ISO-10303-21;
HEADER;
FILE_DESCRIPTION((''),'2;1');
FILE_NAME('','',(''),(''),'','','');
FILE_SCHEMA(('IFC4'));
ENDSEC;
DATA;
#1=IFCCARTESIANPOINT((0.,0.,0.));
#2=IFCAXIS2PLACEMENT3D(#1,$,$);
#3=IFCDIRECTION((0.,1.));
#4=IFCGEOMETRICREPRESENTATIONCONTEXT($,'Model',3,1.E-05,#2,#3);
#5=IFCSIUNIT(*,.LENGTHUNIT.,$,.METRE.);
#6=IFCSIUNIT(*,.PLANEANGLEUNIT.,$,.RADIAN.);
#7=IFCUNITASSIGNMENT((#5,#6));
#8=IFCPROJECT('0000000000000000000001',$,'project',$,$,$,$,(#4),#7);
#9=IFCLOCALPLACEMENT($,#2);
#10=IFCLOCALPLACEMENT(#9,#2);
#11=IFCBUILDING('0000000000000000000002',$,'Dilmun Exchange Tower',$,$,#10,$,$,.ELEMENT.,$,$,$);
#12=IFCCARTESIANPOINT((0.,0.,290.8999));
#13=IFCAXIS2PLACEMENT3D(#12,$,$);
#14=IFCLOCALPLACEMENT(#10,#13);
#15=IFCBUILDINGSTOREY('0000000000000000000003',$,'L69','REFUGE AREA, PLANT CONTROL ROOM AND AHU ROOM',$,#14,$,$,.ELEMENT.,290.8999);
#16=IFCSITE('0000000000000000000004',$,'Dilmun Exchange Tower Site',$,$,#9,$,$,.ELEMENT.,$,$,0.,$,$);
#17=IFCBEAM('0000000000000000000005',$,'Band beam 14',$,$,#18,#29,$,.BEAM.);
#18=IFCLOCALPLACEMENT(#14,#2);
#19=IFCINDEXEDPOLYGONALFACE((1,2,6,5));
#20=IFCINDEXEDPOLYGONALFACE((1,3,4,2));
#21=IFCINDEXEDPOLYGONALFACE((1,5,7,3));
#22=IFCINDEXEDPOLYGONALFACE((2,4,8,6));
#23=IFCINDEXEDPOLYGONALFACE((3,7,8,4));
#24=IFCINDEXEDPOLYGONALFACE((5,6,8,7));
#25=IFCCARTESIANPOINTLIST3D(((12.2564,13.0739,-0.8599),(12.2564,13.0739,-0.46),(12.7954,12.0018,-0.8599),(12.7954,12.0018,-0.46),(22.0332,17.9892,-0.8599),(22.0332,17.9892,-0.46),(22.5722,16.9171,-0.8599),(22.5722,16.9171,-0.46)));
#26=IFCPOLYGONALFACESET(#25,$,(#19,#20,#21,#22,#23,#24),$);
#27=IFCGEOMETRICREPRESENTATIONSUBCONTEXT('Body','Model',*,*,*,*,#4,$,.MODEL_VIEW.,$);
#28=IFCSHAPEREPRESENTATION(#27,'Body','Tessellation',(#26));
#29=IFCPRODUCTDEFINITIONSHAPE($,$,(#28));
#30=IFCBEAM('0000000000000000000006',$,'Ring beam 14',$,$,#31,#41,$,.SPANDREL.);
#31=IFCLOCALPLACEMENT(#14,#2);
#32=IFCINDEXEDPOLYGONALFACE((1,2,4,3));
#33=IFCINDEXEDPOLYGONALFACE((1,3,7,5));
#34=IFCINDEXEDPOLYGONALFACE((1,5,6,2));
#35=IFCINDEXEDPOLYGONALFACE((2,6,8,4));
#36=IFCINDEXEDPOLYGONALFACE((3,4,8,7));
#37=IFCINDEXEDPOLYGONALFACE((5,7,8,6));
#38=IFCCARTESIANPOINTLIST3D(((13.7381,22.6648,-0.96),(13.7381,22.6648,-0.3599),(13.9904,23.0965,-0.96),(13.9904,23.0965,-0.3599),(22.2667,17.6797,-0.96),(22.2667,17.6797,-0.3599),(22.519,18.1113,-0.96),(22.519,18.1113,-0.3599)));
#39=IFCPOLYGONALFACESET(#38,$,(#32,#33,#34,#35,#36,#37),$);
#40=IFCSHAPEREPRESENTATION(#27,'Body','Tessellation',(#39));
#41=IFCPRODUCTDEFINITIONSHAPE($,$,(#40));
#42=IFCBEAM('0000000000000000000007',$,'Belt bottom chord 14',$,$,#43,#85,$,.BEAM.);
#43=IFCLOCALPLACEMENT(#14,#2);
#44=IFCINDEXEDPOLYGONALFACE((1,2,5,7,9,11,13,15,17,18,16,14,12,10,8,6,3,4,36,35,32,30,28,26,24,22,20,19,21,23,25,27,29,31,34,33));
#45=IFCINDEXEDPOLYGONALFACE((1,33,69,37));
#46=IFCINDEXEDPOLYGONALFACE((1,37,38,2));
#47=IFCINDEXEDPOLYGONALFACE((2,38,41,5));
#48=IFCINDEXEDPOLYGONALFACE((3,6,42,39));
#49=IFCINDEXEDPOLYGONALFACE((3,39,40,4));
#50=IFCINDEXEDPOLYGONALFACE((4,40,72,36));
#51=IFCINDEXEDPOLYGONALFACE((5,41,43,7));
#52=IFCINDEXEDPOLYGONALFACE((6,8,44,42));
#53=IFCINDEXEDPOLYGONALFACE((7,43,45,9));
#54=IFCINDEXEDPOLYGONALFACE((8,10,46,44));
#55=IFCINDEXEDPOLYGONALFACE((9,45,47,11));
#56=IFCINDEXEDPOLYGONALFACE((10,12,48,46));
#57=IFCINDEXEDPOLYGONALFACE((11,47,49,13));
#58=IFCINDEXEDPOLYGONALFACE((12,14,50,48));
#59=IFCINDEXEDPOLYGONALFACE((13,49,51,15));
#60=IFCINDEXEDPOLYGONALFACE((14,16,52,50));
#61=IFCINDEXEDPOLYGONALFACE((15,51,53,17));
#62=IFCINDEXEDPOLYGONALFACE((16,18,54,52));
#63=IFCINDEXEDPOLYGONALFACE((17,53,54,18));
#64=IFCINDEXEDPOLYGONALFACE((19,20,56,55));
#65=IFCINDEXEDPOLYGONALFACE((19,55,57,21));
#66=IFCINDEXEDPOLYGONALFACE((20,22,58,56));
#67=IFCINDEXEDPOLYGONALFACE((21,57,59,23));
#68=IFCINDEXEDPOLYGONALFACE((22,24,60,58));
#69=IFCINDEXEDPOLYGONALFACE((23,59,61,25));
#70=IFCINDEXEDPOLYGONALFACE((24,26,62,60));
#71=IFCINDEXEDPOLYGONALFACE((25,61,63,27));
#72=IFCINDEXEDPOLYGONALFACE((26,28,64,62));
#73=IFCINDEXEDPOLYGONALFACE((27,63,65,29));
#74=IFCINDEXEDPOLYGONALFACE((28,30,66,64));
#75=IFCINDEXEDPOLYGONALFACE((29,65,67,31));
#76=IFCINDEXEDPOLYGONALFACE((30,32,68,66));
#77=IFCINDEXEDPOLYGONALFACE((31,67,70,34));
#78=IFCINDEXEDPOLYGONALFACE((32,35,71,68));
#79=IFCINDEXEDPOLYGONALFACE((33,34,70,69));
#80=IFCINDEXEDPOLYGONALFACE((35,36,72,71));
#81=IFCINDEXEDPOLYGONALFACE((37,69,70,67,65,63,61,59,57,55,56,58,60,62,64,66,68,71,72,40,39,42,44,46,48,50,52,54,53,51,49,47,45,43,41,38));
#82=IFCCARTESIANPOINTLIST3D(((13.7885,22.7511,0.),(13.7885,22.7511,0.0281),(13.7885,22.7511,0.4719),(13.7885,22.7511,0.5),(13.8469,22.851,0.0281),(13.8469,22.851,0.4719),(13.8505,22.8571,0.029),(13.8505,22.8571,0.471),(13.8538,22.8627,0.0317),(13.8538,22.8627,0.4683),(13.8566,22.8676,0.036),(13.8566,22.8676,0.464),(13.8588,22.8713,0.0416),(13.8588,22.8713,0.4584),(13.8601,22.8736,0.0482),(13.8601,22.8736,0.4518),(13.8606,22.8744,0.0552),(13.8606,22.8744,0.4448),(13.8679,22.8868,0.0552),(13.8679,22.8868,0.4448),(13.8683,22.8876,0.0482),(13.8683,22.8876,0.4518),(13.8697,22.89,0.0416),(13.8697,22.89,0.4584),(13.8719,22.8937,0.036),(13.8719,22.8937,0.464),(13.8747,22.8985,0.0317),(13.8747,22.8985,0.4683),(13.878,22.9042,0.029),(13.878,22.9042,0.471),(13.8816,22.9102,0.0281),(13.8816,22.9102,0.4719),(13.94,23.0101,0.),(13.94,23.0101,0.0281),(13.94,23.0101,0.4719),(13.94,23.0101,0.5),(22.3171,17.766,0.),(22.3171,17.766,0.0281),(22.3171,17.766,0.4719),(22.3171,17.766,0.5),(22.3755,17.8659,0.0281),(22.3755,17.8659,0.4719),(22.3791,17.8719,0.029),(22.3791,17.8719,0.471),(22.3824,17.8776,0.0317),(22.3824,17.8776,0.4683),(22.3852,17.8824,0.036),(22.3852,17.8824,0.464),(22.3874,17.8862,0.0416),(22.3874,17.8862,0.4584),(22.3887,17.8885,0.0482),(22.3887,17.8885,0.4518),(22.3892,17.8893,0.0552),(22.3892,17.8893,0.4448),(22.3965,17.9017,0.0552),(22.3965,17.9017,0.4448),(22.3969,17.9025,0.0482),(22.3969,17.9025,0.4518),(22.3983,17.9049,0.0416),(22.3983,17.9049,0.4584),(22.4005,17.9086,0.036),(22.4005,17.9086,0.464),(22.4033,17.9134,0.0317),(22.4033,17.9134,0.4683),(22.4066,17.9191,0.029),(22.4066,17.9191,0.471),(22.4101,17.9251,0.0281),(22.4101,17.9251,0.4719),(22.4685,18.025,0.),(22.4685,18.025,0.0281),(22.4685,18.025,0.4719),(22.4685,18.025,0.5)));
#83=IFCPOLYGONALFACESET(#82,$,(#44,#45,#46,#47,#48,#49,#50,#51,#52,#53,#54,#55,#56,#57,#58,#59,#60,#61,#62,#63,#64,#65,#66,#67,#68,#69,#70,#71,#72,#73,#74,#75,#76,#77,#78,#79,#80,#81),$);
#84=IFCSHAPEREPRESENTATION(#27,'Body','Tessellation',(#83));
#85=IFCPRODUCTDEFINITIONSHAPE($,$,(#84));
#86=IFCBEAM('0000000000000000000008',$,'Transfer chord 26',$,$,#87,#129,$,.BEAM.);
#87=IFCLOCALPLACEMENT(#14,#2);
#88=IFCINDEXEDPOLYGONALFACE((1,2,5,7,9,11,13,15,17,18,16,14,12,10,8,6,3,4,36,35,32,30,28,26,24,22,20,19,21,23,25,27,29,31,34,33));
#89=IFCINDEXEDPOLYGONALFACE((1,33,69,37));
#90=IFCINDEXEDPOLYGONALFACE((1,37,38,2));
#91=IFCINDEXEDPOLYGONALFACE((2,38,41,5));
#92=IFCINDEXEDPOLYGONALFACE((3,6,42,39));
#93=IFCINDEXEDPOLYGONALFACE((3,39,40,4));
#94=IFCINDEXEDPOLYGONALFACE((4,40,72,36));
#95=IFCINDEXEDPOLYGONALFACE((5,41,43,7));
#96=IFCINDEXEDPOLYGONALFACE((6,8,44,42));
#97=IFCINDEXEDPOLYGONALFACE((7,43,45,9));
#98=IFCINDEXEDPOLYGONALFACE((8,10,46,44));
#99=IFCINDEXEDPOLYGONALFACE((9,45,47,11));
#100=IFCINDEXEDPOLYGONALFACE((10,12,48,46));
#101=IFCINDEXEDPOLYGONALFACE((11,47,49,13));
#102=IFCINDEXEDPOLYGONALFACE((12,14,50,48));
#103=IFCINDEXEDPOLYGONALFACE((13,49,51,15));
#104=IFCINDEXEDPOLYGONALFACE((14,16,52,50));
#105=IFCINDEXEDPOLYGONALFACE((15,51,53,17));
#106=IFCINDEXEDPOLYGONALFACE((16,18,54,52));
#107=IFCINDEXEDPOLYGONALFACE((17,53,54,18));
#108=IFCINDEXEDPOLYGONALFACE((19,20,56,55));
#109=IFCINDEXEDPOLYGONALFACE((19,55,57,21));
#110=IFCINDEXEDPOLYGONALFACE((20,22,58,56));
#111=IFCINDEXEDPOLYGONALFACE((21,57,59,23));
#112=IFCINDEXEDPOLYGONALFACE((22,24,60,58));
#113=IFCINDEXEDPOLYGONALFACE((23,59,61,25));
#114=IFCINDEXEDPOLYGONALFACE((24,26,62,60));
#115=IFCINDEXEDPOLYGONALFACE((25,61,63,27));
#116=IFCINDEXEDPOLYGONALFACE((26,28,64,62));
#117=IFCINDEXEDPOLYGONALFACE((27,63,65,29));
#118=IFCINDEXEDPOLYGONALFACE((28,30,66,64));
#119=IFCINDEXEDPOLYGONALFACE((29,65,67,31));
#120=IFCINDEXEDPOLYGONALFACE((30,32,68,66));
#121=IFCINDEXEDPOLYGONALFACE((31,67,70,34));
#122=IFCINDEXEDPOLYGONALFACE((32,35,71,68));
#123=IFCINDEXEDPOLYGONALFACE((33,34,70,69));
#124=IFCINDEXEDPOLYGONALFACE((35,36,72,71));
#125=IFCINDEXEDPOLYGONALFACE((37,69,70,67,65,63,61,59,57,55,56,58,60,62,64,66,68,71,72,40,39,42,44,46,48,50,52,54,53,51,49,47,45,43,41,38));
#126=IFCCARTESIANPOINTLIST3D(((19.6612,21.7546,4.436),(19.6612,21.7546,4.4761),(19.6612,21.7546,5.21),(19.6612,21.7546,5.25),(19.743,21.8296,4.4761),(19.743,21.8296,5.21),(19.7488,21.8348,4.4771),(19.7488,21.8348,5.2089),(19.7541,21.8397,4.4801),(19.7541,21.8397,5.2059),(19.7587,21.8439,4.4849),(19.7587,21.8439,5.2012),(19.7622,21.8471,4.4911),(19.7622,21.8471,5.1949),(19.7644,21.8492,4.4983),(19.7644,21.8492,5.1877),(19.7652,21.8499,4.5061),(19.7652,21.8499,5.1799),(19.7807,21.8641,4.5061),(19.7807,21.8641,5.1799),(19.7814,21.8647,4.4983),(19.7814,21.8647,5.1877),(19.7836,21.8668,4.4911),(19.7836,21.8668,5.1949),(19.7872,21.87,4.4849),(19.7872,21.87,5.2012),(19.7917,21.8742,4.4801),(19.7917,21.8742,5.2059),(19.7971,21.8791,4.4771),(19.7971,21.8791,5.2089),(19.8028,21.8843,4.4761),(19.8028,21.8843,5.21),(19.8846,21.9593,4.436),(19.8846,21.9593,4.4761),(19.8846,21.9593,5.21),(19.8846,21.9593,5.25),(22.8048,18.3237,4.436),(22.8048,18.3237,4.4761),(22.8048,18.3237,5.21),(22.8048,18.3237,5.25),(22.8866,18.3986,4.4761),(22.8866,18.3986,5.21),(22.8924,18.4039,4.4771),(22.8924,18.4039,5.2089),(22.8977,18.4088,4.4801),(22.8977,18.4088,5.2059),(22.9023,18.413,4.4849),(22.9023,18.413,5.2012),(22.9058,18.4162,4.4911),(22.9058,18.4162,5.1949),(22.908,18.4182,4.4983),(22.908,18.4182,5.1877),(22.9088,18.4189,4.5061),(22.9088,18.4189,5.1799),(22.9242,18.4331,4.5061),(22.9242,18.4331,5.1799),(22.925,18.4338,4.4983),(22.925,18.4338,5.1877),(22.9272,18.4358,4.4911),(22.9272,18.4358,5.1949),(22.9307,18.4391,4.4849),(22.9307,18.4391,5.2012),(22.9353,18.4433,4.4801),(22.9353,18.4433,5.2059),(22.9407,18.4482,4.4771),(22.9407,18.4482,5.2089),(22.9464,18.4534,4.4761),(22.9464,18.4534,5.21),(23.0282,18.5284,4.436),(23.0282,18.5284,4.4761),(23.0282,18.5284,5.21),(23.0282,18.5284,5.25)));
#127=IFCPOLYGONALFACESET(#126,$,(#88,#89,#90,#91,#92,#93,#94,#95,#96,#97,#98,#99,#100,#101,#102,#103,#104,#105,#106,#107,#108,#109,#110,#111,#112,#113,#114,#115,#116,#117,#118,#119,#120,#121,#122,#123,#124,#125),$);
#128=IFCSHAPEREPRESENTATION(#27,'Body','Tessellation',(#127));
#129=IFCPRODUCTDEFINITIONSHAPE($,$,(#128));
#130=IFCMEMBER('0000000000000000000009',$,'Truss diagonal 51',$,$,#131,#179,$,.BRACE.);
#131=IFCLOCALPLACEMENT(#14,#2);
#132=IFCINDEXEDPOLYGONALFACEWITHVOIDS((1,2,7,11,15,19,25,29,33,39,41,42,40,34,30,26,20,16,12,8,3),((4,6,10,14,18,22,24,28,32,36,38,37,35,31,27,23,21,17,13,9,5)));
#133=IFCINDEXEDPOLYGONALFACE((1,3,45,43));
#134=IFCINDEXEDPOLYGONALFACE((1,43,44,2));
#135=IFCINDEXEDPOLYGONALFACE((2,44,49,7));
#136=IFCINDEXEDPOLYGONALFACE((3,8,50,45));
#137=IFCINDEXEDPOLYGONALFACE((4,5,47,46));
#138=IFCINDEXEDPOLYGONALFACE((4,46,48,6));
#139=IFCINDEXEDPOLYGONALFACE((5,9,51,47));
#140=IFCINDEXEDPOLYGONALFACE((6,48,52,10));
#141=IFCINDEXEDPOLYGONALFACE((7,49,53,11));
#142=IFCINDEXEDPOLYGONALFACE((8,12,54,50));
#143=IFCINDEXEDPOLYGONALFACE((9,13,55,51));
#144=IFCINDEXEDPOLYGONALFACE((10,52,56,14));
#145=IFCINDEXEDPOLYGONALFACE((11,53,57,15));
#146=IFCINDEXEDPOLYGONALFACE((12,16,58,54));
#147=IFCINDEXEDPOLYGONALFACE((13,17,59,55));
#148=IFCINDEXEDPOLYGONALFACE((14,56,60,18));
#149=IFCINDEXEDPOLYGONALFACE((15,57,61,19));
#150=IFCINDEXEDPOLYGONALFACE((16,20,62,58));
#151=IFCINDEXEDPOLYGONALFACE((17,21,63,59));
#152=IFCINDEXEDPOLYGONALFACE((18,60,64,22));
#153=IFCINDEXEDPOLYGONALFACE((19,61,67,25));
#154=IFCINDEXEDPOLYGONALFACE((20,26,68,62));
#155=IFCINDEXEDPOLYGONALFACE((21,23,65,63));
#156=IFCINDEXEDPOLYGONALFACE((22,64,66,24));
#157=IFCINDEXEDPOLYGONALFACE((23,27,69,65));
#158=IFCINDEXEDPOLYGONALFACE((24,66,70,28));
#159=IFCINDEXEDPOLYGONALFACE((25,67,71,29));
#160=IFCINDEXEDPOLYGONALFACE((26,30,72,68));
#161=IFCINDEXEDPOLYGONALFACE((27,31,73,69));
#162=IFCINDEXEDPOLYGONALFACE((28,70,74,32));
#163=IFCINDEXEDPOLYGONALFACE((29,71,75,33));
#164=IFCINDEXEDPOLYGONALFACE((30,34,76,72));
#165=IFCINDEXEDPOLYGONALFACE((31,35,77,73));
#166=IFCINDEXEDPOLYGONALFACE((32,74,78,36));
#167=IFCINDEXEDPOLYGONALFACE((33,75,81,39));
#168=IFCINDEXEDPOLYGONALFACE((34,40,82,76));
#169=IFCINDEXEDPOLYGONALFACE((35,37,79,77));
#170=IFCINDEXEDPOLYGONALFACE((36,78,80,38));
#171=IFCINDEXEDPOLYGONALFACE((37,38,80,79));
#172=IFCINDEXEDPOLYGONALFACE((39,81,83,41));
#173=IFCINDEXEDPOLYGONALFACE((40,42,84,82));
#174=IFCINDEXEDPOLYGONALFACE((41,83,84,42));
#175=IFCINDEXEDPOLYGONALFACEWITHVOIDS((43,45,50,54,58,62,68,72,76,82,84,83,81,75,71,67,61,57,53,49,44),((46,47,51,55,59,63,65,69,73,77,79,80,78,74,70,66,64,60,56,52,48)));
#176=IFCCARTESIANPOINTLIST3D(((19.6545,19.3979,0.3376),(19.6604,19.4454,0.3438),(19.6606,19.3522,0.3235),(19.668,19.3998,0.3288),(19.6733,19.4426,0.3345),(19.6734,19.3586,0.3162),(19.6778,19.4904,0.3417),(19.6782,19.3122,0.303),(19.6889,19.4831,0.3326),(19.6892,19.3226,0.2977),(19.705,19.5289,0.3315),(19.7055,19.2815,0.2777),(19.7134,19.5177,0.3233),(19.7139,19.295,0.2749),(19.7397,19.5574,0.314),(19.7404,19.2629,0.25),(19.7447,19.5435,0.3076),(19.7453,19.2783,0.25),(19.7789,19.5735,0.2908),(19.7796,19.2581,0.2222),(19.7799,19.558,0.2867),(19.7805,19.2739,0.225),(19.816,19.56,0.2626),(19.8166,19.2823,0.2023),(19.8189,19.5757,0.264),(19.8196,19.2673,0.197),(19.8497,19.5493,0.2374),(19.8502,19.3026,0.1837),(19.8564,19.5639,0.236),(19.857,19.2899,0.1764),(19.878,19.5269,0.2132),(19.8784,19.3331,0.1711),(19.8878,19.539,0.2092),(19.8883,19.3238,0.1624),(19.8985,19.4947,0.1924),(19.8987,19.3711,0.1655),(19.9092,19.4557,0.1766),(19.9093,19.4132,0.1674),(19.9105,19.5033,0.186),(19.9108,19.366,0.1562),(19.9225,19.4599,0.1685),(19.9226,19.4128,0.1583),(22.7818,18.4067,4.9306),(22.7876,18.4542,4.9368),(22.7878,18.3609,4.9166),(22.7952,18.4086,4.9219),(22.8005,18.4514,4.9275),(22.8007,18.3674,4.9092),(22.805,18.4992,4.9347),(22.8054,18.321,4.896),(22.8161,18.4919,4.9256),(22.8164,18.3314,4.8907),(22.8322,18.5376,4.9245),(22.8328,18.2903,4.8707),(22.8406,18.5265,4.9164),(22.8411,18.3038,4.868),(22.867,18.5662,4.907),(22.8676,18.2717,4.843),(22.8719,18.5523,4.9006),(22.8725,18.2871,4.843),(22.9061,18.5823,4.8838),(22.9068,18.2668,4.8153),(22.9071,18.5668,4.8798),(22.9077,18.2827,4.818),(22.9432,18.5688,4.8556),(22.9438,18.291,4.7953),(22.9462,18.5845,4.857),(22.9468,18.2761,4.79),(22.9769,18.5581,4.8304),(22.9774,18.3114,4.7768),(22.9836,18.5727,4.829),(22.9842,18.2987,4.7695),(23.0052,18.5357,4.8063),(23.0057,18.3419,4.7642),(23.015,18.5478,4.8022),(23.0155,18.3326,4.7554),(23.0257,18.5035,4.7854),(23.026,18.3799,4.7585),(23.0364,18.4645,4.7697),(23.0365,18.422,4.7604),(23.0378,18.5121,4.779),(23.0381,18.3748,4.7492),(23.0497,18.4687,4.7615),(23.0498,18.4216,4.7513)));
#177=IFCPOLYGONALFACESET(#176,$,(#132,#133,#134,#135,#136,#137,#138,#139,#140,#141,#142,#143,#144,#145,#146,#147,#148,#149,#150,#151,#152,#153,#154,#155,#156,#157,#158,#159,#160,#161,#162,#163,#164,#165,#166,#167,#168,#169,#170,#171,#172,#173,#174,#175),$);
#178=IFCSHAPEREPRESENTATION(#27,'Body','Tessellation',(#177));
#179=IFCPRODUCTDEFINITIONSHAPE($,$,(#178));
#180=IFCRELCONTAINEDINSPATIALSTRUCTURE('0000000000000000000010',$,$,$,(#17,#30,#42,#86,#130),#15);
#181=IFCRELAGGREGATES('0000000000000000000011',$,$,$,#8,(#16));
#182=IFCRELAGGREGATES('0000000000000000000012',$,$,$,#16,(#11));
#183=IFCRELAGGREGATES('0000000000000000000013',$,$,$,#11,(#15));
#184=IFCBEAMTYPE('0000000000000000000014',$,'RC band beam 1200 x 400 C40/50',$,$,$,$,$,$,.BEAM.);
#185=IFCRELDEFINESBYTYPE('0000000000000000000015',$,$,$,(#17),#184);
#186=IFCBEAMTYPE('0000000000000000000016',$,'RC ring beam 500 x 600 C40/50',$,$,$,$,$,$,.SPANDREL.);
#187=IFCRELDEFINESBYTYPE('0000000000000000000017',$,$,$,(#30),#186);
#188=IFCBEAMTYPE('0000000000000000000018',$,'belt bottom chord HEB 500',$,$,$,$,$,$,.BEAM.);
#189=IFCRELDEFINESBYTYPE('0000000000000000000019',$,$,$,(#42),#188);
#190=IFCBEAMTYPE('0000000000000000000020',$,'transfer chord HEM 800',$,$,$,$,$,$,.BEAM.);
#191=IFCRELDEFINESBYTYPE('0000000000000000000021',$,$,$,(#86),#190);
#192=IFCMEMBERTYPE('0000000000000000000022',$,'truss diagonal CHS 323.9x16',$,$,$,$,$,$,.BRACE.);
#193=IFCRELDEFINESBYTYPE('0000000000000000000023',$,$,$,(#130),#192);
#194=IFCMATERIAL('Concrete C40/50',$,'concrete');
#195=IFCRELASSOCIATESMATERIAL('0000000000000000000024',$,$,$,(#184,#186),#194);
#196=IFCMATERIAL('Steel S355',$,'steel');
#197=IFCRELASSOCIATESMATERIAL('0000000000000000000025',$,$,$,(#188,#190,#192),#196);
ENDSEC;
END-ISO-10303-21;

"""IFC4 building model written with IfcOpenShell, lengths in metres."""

from ifc_helpers import new_model, si_unit, direction, frame, origin, origin_2d, place, context, subcontext, project, spatial, rectangle, hollow_circle, i_section, extrude, material, material_profile, profile_set, type_object, element, save


model = new_model("IFC4")

# Units and contexts
model_context = context("Model", 3, precision=1e-05, world=origin(), true_north=direction((0.0, 1.0)))
body_context = subcontext(model_context, "Body", "Model", "MODEL_VIEW")
ifc_project = project(units=[si_unit("LENGTHUNIT", "METRE"), si_unit("PLANEANGLEUNIT", "RADIAN")], contexts=[model_context])

# Site, building, storey
site_placement = place(None, origin())
site = spatial("IfcSite", under=ifc_project, at=site_placement, Name="Dilmun Exchange Tower Site", CompositionType="ELEMENT", RefElevation=0.0)
building_placement = place(site_placement, origin())
building = spatial("IfcBuilding", under=site, at=building_placement, Name="Dilmun Exchange Tower", CompositionType="ELEMENT")
storey_placement = place(building_placement, frame((0.0, 0.0, 290.8999)))
storey = spatial("IfcBuildingStorey", under=building, at=storey_placement, Name="L69", Description="REFUGE AREA, PLANT CONTROL ROOM AND AHU ROOM", CompositionType="ELEMENT", Elevation=290.8999)

# Beams
ifc_material_1 = material(Name="Concrete C40/50", Category="concrete")
ifc_material_profile_1 = material_profile(ifc_material_1, rectangle(XDim=1.2, YDim=0.3999, at=origin_2d()), Name="1200 x 400")
ifc_profile_set_1 = profile_set([ifc_material_profile_1], Name="Concrete C40/50")
beam_type_1 = type_object("IfcBeamType", Name="RC band beam 1200 x 400 C40/50", PredefinedType="BEAM", material=ifc_profile_set_1)
beam_1_placement = place(storey_placement, frame((22.3027, 17.4531, -0.6599), z_axis=(-0.893443, -0.449176, 0.0), x_axis=(0.449176, -0.893443, 0.0)))
element("IfcBeam", 1, at=beam_1_placement, inside=storey, type_object=beam_type_1, Name="Band beam 14", PredefinedType="BEAM", context=body_context, shape_type="SweptSolid", body=[
    extrude(rectangle(XDim=1.2, YDim=0.3999, at=origin_2d()), origin(), (0.0, 0.0, 1.0), 10.9429),
])
ifc_material_profile_2 = material_profile(ifc_material_1, rectangle(XDim=0.5, YDim=0.6001, at=origin_2d()), Name="500 x 600")
ifc_profile_set_2 = profile_set([ifc_material_profile_2], Name="Concrete C40/50")
beam_type_2 = type_object("IfcBeamType", Name="RC ring beam 500 x 600 C40/50", PredefinedType="SPANDREL", material=ifc_profile_set_2)
beam_2_placement = place(storey_placement, frame((22.3928, 17.8955, -0.6599), z_axis=(-0.863333, 0.504635, 0.0), x_axis=(-0.504635, -0.863333, 0.0)))
element("IfcBeam", 2, at=beam_2_placement, inside=storey, type_object=beam_type_2, Name="Ring beam 14", PredefinedType="SPANDREL", context=body_context, shape_type="SweptSolid", body=[
    extrude(rectangle(XDim=0.5, YDim=0.6001, at=origin_2d()), origin(), (0.0, 0.0, 1.0), 9.8787),
])
ifc_material_2 = material(Name="Steel S355", Category="steel")
ifc_material_profile_3 = material_profile(ifc_material_2, i_section(OverallWidth=0.3, OverallDepth=0.5, WebThickness=0.0144, FlangeThickness=0.0281, FilletRadius=0.0271, at=origin_2d()), Name="HEB 500")
ifc_profile_set_3 = profile_set([ifc_material_profile_3], Name="Steel S355")
beam_type_3 = type_object("IfcBeamType", Name="belt bottom chord HEB 500", PredefinedType="BEAM", material=ifc_profile_set_3)
beam_3_placement = place(storey_placement, frame((22.3928, 17.8955, 0.25), z_axis=(-0.863333, 0.504635, 0.0), x_axis=(-0.504635, -0.863333, 0.0)))
element("IfcBeam", 3, at=beam_3_placement, inside=storey, type_object=beam_type_3, Name="Belt bottom chord 14", PredefinedType="BEAM", context=body_context, shape_type="SweptSolid", body=[
    extrude(i_section(OverallWidth=0.3, OverallDepth=0.5, WebThickness=0.0144, FlangeThickness=0.0281, FilletRadius=0.0271, at=origin_2d()), origin(), (0.0, 0.0, 1.0), 9.8787),
])
ifc_material_profile_4 = material_profile(ifc_material_2, i_section(OverallWidth=0.303, OverallDepth=0.814, WebThickness=0.021, FlangeThickness=0.04, FilletRadius=0.03, at=origin_2d()), Name="HEM 800")
ifc_profile_set_4 = profile_set([ifc_material_profile_4], Name="Steel S355")
beam_type_4 = type_object("IfcBeamType", Name="transfer chord HEM 800", PredefinedType="BEAM", material=ifc_profile_set_4)
beam_4_placement = place(storey_placement, frame((22.9165, 18.426, 4.843), z_axis=(-0.675556, 0.737309, 0.0), x_axis=(-0.737309, -0.675556, 0.0)))
element("IfcBeam", 4, at=beam_4_placement, inside=storey, type_object=beam_type_4, Name="Transfer chord 26", PredefinedType="BEAM", context=body_context, shape_type="SweptSolid", body=[
    extrude(i_section(OverallWidth=0.303, OverallDepth=0.814, WebThickness=0.021, FlangeThickness=0.04, FilletRadius=0.03, at=origin_2d()), origin(), (0.0, 0.0, 1.0), 4.6533),
])

# Member
ifc_material_profile_5 = material_profile(ifc_material_2, hollow_circle(Radius=0.1619, WallThickness=0.0161, at=origin_2d()), Name="CHS 323.9x16")
ifc_profile_set_5 = profile_set([ifc_material_profile_5], Name="Steel S355")
member_type = type_object("IfcMemberType", Name="truss diagonal CHS 323.9x16", PredefinedType="BRACE", material=ifc_profile_set_5)
member_1_placement = place(storey_placement, frame((22.9165, 18.426, 4.843), z_axis=(-0.554049, 0.175614, -0.81375), x_axis=(-0.30215, -0.95326, 0.0)))
element("IfcMember", 5, at=member_1_placement, inside=storey, type_object=member_type, Name="Truss diagonal 51", PredefinedType="BRACE", context=body_context, shape_type="SweptSolid", body=[
    extrude(hollow_circle(Radius=0.1619, WallThickness=0.0161, at=origin_2d()), origin(), (0.0, 0.0, 1.0), 5.6443),
])

save(model, "model.ifc")
